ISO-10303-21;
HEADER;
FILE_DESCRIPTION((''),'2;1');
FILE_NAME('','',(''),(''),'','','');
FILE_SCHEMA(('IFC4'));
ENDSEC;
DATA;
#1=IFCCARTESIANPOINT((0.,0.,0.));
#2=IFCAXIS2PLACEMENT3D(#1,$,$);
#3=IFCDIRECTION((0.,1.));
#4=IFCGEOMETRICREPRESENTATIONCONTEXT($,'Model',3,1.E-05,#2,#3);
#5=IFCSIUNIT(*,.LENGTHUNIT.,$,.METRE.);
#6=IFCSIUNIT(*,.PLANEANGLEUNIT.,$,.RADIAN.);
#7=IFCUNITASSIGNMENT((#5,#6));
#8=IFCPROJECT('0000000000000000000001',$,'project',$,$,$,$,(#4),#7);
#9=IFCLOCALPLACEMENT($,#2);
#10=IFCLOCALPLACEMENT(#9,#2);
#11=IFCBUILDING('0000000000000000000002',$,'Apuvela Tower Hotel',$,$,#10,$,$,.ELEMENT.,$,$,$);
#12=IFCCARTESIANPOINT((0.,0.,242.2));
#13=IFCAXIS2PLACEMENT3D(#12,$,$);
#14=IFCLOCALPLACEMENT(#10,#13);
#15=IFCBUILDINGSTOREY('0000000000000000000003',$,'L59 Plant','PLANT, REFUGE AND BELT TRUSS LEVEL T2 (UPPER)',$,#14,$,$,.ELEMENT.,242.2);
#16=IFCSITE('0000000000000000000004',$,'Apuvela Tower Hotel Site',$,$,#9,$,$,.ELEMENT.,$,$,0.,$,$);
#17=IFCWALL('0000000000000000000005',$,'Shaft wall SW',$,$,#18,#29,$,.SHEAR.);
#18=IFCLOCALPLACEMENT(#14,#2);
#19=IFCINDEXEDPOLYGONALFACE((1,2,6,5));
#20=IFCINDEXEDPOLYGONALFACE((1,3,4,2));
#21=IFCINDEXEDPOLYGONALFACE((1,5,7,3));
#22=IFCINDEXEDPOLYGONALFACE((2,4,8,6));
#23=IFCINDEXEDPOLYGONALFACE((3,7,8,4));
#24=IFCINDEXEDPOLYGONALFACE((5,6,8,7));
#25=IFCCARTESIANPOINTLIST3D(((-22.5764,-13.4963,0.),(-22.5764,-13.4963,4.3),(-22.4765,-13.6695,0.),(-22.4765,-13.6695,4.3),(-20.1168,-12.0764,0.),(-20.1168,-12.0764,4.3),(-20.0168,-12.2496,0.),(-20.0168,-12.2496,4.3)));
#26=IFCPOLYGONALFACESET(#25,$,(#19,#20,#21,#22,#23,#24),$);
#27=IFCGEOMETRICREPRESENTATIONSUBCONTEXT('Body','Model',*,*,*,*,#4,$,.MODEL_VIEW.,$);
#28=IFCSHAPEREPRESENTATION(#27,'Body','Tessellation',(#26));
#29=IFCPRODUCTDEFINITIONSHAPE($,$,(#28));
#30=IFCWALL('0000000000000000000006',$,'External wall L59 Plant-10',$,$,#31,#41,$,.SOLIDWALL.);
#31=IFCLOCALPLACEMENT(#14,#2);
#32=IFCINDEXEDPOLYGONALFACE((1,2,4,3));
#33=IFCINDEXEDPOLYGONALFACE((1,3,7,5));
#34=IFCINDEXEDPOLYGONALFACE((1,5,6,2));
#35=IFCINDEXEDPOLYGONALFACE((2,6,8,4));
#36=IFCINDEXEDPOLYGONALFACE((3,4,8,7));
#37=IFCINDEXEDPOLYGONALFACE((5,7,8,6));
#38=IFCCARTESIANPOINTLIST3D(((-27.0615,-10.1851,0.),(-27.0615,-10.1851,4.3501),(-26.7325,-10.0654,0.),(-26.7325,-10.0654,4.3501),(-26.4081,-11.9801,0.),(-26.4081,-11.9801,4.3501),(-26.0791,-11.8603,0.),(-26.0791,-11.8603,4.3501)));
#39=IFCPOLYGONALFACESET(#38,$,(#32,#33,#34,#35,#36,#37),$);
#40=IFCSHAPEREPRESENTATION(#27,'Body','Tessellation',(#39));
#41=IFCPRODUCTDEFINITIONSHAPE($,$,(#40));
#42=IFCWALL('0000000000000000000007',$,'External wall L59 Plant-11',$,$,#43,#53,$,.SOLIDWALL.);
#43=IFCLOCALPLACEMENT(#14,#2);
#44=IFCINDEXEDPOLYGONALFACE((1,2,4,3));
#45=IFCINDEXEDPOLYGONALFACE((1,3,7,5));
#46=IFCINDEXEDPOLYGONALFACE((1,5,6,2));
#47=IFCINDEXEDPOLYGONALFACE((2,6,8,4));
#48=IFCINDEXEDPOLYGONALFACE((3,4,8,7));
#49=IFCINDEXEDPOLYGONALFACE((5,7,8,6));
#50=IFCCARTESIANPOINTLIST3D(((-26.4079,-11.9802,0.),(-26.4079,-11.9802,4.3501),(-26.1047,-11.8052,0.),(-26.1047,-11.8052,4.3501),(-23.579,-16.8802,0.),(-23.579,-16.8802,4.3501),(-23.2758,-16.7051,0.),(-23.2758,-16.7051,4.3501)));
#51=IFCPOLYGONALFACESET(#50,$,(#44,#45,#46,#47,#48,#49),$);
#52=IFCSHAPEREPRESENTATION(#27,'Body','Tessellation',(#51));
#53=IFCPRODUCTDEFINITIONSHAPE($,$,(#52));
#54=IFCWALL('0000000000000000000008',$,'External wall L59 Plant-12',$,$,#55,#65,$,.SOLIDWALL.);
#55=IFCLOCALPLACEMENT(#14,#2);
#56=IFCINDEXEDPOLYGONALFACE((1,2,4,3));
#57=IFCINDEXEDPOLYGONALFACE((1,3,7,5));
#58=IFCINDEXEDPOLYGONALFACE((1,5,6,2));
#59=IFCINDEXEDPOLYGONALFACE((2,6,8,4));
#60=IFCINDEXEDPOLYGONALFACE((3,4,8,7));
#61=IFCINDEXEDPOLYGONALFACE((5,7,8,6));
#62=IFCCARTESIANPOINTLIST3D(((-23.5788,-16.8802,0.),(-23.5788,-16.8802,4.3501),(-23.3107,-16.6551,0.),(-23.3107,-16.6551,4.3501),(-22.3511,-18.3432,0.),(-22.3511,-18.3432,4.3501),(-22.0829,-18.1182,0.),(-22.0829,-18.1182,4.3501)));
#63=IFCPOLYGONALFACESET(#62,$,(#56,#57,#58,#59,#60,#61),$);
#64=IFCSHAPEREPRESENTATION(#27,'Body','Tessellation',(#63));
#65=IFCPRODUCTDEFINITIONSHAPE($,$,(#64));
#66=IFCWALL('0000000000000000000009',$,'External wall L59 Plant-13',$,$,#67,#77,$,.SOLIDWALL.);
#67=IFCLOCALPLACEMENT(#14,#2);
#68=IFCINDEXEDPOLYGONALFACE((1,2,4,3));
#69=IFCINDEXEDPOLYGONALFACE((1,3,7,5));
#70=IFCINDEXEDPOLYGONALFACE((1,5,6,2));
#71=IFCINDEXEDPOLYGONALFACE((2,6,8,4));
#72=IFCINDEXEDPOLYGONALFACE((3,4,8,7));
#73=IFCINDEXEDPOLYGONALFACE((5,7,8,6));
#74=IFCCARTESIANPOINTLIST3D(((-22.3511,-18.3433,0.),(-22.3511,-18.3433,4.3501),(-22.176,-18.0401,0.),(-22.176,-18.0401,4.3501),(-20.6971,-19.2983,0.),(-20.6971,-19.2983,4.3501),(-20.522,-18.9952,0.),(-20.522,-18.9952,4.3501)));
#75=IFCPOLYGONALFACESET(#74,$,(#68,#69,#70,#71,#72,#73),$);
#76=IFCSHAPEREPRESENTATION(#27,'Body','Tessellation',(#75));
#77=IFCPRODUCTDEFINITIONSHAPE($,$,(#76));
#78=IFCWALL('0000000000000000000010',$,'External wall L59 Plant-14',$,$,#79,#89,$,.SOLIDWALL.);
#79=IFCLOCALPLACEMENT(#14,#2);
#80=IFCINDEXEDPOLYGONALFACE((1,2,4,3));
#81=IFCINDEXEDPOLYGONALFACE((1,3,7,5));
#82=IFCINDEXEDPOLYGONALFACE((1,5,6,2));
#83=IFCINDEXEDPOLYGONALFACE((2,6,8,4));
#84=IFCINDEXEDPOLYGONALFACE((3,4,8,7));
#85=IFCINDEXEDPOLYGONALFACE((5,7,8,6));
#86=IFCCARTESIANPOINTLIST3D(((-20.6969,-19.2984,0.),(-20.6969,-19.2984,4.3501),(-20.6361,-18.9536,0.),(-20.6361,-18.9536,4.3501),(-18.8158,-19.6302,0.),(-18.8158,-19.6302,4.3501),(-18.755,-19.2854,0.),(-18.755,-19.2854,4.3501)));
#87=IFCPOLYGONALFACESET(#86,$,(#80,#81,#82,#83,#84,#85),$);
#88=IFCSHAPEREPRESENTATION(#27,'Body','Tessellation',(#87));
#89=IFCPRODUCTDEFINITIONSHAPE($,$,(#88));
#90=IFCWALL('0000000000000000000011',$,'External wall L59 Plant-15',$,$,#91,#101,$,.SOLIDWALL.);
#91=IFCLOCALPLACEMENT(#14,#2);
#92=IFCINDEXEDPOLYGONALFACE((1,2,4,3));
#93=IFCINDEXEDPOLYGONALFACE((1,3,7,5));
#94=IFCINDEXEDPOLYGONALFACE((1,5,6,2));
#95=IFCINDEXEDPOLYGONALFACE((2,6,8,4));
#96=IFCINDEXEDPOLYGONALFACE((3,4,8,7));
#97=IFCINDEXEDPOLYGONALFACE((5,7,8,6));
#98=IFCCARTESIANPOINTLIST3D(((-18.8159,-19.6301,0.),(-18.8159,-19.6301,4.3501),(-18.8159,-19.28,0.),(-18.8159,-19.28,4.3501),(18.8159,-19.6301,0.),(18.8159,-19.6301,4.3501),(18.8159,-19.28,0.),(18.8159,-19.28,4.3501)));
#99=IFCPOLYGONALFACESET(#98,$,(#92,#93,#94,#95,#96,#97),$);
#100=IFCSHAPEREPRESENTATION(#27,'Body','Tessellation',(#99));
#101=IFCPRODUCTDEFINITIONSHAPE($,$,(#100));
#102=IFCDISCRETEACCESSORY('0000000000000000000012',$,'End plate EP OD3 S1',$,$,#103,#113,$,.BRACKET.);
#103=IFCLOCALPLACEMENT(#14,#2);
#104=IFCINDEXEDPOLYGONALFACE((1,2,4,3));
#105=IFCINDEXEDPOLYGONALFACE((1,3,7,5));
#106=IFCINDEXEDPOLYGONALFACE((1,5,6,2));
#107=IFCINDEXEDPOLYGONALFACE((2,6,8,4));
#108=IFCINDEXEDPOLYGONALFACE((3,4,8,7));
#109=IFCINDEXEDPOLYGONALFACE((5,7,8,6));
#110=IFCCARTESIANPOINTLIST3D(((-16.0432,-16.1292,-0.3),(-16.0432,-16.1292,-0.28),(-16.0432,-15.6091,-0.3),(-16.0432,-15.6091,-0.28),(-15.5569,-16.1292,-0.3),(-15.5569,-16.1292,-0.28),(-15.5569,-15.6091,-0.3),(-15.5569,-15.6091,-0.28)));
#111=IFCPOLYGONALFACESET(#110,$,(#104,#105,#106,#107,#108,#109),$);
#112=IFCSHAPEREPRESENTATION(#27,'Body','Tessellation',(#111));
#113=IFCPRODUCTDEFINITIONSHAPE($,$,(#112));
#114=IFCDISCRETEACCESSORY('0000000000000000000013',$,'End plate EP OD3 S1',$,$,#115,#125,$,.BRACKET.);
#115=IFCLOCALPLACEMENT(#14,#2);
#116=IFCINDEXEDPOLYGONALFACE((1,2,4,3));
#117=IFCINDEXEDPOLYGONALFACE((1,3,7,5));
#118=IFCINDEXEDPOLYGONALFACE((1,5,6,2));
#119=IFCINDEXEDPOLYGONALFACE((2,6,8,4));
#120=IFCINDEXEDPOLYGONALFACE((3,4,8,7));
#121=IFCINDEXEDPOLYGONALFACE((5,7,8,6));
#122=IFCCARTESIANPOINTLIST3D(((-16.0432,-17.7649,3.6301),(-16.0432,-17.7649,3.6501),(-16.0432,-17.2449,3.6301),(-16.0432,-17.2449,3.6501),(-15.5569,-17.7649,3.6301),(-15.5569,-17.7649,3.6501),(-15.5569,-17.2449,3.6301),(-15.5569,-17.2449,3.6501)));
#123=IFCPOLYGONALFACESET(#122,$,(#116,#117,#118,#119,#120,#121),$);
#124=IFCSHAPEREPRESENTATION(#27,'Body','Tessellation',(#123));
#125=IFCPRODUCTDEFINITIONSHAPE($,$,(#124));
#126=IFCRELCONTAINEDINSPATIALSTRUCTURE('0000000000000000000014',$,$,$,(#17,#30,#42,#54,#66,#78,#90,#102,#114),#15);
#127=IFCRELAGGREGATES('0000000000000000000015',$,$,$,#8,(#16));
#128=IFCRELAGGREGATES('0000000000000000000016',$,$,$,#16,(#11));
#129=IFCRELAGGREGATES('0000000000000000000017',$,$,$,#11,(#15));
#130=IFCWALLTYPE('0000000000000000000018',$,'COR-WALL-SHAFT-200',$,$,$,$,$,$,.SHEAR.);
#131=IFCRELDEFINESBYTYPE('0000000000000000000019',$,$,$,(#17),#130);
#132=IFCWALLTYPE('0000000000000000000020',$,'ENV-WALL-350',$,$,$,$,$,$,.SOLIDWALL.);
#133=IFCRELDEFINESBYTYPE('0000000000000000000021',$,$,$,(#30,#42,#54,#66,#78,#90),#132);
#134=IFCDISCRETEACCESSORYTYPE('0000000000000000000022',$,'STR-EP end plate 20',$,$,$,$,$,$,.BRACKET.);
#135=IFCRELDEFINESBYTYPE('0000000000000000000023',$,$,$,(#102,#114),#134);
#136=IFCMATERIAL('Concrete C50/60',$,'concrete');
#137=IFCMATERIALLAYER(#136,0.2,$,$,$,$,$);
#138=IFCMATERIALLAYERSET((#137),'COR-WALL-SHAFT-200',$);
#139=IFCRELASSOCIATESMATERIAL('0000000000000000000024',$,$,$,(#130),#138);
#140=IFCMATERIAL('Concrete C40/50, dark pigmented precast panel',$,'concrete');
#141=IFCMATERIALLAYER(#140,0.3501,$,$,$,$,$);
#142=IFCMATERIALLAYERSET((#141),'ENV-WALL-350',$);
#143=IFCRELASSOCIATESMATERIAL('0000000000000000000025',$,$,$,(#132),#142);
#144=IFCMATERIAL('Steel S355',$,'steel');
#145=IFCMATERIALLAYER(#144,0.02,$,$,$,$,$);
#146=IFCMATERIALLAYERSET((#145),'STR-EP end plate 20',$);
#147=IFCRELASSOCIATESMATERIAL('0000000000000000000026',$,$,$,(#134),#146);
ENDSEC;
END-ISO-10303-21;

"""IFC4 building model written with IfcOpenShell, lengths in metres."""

from ifc_helpers import new_model, si_unit, direction, frame, frame_2d, origin, origin_2d, place, context, subcontext, project, spatial, rectangle, extrude, material, layer, layer_set, type_object, element, save


model = new_model("IFC4")

# Units and contexts
model_context = context("Model", 3, precision=1e-05, world=origin(), true_north=direction((0.0, 1.0)))
body_context = subcontext(model_context, "Body", "Model", "MODEL_VIEW")
ifc_project = project(units=[si_unit("LENGTHUNIT", "METRE"), si_unit("PLANEANGLEUNIT", "RADIAN")], contexts=[model_context])

# Site, building, storey
site_placement = place(None, origin())
site = spatial("IfcSite", under=ifc_project, at=site_placement, Name="Apuvela Tower Hotel Site", CompositionType="ELEMENT", RefElevation=0.0)
building_placement = place(site_placement, origin())
building = spatial("IfcBuilding", under=site, at=building_placement, Name="Apuvela Tower Hotel", CompositionType="ELEMENT")
storey_placement = place(building_placement, frame((0.0, 0.0, 242.2)))
storey = spatial("IfcBuildingStorey", under=building, at=storey_placement, Name="L59 Plant", Description="PLANT, REFUGE AND BELT TRUSS LEVEL T2 (UPPER)", CompositionType="ELEMENT", Elevation=242.2)

# Shared definitions
ifc_material_1 = material(Name="Steel S355", Category="steel")

# Shared definitions
ifc_material_2 = material(Name="Concrete C50/60", Category="concrete")
ifc_layer_1 = layer(ifc_material_2, 0.2)
ifc_layer_set_1 = layer_set([ifc_layer_1], Name="COR-WALL-SHAFT-200")
wall_type_1 = type_object("IfcWallType", Name="COR-WALL-SHAFT-200", PredefinedType="SHEAR", material=ifc_layer_set_1)

# Walls
wall_1_placement = place(storey_placement, frame((-20.0669, -12.1631, 0.0), z_axis=(0.0, 0.0, 1.0), x_axis=(-0.866055, -0.499948, 0.0)))
element("IfcWall", 1, at=wall_1_placement, inside=storey, type_object=wall_type_1, Name="Shaft wall SW", PredefinedType="SHEAR", context=body_context, shape_type="SweptSolid", body=[
    extrude(rectangle(XDim=2.8401, YDim=0.2, at=frame_2d((1.4199, 0.0))), origin(), (0.0, 0.0, 1.0), 4.3),
])
ifc_material_3 = material(Name="Concrete C40/50, dark pigmented precast panel", Category="concrete")
ifc_layer_2 = layer(ifc_material_3, 0.3501)
ifc_layer_set_2 = layer_set([ifc_layer_2], Name="ENV-WALL-350")
wall_type_2 = type_object("IfcWallType", Name="ENV-WALL-350", PredefinedType="SOLIDWALL", material=ifc_layer_set_2)
wall_2_placement = place(storey_placement, frame((-26.897, -10.1252, 0.0), z_axis=(0.0, 0.0, 1.0), x_axis=(0.34203, -0.939689, 0.0)))
element("IfcWall", 2, at=wall_2_placement, inside=storey, type_object=wall_type_2, Name="External wall L59 Plant-10", PredefinedType="SOLIDWALL", context=body_context, shape_type="SweptSolid", body=[
    extrude(rectangle(XDim=1.9102, YDim=0.3501, at=frame_2d((0.9551, 0.0))), origin(), (0.0, 0.0, 1.0), 4.3501),
])
wall_3_placement = place(storey_placement, frame((-26.2563, -11.8926, 0.0), z_axis=(0.0, 0.0, 1.0), x_axis=(0.499986, -0.866033, 0.0)))
element("IfcWall", 3, at=wall_3_placement, inside=storey, type_object=wall_type_2, Name="External wall L59 Plant-11", PredefinedType="SOLIDWALL", context=body_context, shape_type="SweptSolid", body=[
    extrude(rectangle(XDim=5.658, YDim=0.3501, at=frame_2d((2.8291, 0.0))), origin(), (0.0, 0.0, 1.0), 4.3501),
])
for number, where, z_axis, x_axis, name in (
    (4, (-23.4448, -16.7676, 0.0), (0.0, 0.0, 1.0), (0.642808, -0.766027, 0.0), "External wall L59 Plant-12"),
    (5, (-22.2637, -18.1917, 0.0), (0.0, 0.0, 1.0), (0.866, -0.500043, 0.0), "External wall L59 Plant-13"),
):
    element("IfcWall", number, at=place(storey_placement, frame(where, z_axis=z_axis, x_axis=x_axis)), inside=storey, type_object=wall_type_2, Name=name, PredefinedType="SOLIDWALL", context=body_context, shape_type="SweptSolid", body=[
        extrude(rectangle(XDim=1.9099, YDim=0.3501, at=frame_2d((0.9551, 0.0))), origin(), (0.0, 0.0, 1.0), 4.3501),
    ])
wall_4_placement = place(storey_placement, frame((-20.6665, -19.126, 0.0), z_axis=(0.0, 0.0, 1.0), x_axis=(0.984799, -0.173698, 0.0)))
element("IfcWall", 6, at=wall_4_placement, inside=storey, type_object=wall_type_2, Name="External wall L59 Plant-14", PredefinedType="SOLIDWALL", context=body_context, shape_type="SweptSolid", body=[
    extrude(rectangle(XDim=1.9102, YDim=0.3501, at=frame_2d((0.9551, 0.0))), origin(), (0.0, 0.0, 1.0), 4.3501),
])
wall_5_placement = place(storey_placement, frame((-18.8159, -19.4551, 0.0), z_axis=(0.0, 0.0, 1.0), x_axis=(1.0, 0.0, 0.0)))
element("IfcWall", 7, at=wall_5_placement, inside=storey, type_object=wall_type_2, Name="External wall L59 Plant-15", PredefinedType="SOLIDWALL", context=body_context, shape_type="SweptSolid", body=[
    extrude(rectangle(XDim=37.6318, YDim=0.3501, at=frame_2d((18.8159, 0.0))), origin(), (0.0, 0.0, 1.0), 4.3501),
])

# Discrete accessories
ifc_layer_3 = layer(ifc_material_1, 0.02)
ifc_layer_set_3 = layer_set([ifc_layer_3], Name="STR-EP end plate 20")
discrete_accessory_type = type_object("IfcDiscreteAccessoryType", Name="STR-EP end plate 20", PredefinedType="BRACKET", material=ifc_layer_set_3)
for number, where, z_axis, x_axis, name in (
    (8, (-15.8, -15.8691, -0.3), (0.0, 0.0, 1.0), (0.0, -1.0, 0.0), "End plate EP OD3 S1"),
    (9, (-15.8, -17.5049, 3.6301), (0.0, 0.0, 1.0), (0.0, -1.0, 0.0), "End plate EP OD3 S1"),
):
    element("IfcDiscreteAccessory", number, at=place(storey_placement, frame(where, z_axis=z_axis, x_axis=x_axis)), inside=storey, type_object=discrete_accessory_type, Name=name, PredefinedType="BRACKET", context=body_context, shape_type="SweptSolid", body=[
        extrude(rectangle(XDim=0.52, YDim=0.4863, at=origin_2d()), origin(), (0.0, 0.0, 1.0), 0.02),
    ])

save(model, "model.ifc")
